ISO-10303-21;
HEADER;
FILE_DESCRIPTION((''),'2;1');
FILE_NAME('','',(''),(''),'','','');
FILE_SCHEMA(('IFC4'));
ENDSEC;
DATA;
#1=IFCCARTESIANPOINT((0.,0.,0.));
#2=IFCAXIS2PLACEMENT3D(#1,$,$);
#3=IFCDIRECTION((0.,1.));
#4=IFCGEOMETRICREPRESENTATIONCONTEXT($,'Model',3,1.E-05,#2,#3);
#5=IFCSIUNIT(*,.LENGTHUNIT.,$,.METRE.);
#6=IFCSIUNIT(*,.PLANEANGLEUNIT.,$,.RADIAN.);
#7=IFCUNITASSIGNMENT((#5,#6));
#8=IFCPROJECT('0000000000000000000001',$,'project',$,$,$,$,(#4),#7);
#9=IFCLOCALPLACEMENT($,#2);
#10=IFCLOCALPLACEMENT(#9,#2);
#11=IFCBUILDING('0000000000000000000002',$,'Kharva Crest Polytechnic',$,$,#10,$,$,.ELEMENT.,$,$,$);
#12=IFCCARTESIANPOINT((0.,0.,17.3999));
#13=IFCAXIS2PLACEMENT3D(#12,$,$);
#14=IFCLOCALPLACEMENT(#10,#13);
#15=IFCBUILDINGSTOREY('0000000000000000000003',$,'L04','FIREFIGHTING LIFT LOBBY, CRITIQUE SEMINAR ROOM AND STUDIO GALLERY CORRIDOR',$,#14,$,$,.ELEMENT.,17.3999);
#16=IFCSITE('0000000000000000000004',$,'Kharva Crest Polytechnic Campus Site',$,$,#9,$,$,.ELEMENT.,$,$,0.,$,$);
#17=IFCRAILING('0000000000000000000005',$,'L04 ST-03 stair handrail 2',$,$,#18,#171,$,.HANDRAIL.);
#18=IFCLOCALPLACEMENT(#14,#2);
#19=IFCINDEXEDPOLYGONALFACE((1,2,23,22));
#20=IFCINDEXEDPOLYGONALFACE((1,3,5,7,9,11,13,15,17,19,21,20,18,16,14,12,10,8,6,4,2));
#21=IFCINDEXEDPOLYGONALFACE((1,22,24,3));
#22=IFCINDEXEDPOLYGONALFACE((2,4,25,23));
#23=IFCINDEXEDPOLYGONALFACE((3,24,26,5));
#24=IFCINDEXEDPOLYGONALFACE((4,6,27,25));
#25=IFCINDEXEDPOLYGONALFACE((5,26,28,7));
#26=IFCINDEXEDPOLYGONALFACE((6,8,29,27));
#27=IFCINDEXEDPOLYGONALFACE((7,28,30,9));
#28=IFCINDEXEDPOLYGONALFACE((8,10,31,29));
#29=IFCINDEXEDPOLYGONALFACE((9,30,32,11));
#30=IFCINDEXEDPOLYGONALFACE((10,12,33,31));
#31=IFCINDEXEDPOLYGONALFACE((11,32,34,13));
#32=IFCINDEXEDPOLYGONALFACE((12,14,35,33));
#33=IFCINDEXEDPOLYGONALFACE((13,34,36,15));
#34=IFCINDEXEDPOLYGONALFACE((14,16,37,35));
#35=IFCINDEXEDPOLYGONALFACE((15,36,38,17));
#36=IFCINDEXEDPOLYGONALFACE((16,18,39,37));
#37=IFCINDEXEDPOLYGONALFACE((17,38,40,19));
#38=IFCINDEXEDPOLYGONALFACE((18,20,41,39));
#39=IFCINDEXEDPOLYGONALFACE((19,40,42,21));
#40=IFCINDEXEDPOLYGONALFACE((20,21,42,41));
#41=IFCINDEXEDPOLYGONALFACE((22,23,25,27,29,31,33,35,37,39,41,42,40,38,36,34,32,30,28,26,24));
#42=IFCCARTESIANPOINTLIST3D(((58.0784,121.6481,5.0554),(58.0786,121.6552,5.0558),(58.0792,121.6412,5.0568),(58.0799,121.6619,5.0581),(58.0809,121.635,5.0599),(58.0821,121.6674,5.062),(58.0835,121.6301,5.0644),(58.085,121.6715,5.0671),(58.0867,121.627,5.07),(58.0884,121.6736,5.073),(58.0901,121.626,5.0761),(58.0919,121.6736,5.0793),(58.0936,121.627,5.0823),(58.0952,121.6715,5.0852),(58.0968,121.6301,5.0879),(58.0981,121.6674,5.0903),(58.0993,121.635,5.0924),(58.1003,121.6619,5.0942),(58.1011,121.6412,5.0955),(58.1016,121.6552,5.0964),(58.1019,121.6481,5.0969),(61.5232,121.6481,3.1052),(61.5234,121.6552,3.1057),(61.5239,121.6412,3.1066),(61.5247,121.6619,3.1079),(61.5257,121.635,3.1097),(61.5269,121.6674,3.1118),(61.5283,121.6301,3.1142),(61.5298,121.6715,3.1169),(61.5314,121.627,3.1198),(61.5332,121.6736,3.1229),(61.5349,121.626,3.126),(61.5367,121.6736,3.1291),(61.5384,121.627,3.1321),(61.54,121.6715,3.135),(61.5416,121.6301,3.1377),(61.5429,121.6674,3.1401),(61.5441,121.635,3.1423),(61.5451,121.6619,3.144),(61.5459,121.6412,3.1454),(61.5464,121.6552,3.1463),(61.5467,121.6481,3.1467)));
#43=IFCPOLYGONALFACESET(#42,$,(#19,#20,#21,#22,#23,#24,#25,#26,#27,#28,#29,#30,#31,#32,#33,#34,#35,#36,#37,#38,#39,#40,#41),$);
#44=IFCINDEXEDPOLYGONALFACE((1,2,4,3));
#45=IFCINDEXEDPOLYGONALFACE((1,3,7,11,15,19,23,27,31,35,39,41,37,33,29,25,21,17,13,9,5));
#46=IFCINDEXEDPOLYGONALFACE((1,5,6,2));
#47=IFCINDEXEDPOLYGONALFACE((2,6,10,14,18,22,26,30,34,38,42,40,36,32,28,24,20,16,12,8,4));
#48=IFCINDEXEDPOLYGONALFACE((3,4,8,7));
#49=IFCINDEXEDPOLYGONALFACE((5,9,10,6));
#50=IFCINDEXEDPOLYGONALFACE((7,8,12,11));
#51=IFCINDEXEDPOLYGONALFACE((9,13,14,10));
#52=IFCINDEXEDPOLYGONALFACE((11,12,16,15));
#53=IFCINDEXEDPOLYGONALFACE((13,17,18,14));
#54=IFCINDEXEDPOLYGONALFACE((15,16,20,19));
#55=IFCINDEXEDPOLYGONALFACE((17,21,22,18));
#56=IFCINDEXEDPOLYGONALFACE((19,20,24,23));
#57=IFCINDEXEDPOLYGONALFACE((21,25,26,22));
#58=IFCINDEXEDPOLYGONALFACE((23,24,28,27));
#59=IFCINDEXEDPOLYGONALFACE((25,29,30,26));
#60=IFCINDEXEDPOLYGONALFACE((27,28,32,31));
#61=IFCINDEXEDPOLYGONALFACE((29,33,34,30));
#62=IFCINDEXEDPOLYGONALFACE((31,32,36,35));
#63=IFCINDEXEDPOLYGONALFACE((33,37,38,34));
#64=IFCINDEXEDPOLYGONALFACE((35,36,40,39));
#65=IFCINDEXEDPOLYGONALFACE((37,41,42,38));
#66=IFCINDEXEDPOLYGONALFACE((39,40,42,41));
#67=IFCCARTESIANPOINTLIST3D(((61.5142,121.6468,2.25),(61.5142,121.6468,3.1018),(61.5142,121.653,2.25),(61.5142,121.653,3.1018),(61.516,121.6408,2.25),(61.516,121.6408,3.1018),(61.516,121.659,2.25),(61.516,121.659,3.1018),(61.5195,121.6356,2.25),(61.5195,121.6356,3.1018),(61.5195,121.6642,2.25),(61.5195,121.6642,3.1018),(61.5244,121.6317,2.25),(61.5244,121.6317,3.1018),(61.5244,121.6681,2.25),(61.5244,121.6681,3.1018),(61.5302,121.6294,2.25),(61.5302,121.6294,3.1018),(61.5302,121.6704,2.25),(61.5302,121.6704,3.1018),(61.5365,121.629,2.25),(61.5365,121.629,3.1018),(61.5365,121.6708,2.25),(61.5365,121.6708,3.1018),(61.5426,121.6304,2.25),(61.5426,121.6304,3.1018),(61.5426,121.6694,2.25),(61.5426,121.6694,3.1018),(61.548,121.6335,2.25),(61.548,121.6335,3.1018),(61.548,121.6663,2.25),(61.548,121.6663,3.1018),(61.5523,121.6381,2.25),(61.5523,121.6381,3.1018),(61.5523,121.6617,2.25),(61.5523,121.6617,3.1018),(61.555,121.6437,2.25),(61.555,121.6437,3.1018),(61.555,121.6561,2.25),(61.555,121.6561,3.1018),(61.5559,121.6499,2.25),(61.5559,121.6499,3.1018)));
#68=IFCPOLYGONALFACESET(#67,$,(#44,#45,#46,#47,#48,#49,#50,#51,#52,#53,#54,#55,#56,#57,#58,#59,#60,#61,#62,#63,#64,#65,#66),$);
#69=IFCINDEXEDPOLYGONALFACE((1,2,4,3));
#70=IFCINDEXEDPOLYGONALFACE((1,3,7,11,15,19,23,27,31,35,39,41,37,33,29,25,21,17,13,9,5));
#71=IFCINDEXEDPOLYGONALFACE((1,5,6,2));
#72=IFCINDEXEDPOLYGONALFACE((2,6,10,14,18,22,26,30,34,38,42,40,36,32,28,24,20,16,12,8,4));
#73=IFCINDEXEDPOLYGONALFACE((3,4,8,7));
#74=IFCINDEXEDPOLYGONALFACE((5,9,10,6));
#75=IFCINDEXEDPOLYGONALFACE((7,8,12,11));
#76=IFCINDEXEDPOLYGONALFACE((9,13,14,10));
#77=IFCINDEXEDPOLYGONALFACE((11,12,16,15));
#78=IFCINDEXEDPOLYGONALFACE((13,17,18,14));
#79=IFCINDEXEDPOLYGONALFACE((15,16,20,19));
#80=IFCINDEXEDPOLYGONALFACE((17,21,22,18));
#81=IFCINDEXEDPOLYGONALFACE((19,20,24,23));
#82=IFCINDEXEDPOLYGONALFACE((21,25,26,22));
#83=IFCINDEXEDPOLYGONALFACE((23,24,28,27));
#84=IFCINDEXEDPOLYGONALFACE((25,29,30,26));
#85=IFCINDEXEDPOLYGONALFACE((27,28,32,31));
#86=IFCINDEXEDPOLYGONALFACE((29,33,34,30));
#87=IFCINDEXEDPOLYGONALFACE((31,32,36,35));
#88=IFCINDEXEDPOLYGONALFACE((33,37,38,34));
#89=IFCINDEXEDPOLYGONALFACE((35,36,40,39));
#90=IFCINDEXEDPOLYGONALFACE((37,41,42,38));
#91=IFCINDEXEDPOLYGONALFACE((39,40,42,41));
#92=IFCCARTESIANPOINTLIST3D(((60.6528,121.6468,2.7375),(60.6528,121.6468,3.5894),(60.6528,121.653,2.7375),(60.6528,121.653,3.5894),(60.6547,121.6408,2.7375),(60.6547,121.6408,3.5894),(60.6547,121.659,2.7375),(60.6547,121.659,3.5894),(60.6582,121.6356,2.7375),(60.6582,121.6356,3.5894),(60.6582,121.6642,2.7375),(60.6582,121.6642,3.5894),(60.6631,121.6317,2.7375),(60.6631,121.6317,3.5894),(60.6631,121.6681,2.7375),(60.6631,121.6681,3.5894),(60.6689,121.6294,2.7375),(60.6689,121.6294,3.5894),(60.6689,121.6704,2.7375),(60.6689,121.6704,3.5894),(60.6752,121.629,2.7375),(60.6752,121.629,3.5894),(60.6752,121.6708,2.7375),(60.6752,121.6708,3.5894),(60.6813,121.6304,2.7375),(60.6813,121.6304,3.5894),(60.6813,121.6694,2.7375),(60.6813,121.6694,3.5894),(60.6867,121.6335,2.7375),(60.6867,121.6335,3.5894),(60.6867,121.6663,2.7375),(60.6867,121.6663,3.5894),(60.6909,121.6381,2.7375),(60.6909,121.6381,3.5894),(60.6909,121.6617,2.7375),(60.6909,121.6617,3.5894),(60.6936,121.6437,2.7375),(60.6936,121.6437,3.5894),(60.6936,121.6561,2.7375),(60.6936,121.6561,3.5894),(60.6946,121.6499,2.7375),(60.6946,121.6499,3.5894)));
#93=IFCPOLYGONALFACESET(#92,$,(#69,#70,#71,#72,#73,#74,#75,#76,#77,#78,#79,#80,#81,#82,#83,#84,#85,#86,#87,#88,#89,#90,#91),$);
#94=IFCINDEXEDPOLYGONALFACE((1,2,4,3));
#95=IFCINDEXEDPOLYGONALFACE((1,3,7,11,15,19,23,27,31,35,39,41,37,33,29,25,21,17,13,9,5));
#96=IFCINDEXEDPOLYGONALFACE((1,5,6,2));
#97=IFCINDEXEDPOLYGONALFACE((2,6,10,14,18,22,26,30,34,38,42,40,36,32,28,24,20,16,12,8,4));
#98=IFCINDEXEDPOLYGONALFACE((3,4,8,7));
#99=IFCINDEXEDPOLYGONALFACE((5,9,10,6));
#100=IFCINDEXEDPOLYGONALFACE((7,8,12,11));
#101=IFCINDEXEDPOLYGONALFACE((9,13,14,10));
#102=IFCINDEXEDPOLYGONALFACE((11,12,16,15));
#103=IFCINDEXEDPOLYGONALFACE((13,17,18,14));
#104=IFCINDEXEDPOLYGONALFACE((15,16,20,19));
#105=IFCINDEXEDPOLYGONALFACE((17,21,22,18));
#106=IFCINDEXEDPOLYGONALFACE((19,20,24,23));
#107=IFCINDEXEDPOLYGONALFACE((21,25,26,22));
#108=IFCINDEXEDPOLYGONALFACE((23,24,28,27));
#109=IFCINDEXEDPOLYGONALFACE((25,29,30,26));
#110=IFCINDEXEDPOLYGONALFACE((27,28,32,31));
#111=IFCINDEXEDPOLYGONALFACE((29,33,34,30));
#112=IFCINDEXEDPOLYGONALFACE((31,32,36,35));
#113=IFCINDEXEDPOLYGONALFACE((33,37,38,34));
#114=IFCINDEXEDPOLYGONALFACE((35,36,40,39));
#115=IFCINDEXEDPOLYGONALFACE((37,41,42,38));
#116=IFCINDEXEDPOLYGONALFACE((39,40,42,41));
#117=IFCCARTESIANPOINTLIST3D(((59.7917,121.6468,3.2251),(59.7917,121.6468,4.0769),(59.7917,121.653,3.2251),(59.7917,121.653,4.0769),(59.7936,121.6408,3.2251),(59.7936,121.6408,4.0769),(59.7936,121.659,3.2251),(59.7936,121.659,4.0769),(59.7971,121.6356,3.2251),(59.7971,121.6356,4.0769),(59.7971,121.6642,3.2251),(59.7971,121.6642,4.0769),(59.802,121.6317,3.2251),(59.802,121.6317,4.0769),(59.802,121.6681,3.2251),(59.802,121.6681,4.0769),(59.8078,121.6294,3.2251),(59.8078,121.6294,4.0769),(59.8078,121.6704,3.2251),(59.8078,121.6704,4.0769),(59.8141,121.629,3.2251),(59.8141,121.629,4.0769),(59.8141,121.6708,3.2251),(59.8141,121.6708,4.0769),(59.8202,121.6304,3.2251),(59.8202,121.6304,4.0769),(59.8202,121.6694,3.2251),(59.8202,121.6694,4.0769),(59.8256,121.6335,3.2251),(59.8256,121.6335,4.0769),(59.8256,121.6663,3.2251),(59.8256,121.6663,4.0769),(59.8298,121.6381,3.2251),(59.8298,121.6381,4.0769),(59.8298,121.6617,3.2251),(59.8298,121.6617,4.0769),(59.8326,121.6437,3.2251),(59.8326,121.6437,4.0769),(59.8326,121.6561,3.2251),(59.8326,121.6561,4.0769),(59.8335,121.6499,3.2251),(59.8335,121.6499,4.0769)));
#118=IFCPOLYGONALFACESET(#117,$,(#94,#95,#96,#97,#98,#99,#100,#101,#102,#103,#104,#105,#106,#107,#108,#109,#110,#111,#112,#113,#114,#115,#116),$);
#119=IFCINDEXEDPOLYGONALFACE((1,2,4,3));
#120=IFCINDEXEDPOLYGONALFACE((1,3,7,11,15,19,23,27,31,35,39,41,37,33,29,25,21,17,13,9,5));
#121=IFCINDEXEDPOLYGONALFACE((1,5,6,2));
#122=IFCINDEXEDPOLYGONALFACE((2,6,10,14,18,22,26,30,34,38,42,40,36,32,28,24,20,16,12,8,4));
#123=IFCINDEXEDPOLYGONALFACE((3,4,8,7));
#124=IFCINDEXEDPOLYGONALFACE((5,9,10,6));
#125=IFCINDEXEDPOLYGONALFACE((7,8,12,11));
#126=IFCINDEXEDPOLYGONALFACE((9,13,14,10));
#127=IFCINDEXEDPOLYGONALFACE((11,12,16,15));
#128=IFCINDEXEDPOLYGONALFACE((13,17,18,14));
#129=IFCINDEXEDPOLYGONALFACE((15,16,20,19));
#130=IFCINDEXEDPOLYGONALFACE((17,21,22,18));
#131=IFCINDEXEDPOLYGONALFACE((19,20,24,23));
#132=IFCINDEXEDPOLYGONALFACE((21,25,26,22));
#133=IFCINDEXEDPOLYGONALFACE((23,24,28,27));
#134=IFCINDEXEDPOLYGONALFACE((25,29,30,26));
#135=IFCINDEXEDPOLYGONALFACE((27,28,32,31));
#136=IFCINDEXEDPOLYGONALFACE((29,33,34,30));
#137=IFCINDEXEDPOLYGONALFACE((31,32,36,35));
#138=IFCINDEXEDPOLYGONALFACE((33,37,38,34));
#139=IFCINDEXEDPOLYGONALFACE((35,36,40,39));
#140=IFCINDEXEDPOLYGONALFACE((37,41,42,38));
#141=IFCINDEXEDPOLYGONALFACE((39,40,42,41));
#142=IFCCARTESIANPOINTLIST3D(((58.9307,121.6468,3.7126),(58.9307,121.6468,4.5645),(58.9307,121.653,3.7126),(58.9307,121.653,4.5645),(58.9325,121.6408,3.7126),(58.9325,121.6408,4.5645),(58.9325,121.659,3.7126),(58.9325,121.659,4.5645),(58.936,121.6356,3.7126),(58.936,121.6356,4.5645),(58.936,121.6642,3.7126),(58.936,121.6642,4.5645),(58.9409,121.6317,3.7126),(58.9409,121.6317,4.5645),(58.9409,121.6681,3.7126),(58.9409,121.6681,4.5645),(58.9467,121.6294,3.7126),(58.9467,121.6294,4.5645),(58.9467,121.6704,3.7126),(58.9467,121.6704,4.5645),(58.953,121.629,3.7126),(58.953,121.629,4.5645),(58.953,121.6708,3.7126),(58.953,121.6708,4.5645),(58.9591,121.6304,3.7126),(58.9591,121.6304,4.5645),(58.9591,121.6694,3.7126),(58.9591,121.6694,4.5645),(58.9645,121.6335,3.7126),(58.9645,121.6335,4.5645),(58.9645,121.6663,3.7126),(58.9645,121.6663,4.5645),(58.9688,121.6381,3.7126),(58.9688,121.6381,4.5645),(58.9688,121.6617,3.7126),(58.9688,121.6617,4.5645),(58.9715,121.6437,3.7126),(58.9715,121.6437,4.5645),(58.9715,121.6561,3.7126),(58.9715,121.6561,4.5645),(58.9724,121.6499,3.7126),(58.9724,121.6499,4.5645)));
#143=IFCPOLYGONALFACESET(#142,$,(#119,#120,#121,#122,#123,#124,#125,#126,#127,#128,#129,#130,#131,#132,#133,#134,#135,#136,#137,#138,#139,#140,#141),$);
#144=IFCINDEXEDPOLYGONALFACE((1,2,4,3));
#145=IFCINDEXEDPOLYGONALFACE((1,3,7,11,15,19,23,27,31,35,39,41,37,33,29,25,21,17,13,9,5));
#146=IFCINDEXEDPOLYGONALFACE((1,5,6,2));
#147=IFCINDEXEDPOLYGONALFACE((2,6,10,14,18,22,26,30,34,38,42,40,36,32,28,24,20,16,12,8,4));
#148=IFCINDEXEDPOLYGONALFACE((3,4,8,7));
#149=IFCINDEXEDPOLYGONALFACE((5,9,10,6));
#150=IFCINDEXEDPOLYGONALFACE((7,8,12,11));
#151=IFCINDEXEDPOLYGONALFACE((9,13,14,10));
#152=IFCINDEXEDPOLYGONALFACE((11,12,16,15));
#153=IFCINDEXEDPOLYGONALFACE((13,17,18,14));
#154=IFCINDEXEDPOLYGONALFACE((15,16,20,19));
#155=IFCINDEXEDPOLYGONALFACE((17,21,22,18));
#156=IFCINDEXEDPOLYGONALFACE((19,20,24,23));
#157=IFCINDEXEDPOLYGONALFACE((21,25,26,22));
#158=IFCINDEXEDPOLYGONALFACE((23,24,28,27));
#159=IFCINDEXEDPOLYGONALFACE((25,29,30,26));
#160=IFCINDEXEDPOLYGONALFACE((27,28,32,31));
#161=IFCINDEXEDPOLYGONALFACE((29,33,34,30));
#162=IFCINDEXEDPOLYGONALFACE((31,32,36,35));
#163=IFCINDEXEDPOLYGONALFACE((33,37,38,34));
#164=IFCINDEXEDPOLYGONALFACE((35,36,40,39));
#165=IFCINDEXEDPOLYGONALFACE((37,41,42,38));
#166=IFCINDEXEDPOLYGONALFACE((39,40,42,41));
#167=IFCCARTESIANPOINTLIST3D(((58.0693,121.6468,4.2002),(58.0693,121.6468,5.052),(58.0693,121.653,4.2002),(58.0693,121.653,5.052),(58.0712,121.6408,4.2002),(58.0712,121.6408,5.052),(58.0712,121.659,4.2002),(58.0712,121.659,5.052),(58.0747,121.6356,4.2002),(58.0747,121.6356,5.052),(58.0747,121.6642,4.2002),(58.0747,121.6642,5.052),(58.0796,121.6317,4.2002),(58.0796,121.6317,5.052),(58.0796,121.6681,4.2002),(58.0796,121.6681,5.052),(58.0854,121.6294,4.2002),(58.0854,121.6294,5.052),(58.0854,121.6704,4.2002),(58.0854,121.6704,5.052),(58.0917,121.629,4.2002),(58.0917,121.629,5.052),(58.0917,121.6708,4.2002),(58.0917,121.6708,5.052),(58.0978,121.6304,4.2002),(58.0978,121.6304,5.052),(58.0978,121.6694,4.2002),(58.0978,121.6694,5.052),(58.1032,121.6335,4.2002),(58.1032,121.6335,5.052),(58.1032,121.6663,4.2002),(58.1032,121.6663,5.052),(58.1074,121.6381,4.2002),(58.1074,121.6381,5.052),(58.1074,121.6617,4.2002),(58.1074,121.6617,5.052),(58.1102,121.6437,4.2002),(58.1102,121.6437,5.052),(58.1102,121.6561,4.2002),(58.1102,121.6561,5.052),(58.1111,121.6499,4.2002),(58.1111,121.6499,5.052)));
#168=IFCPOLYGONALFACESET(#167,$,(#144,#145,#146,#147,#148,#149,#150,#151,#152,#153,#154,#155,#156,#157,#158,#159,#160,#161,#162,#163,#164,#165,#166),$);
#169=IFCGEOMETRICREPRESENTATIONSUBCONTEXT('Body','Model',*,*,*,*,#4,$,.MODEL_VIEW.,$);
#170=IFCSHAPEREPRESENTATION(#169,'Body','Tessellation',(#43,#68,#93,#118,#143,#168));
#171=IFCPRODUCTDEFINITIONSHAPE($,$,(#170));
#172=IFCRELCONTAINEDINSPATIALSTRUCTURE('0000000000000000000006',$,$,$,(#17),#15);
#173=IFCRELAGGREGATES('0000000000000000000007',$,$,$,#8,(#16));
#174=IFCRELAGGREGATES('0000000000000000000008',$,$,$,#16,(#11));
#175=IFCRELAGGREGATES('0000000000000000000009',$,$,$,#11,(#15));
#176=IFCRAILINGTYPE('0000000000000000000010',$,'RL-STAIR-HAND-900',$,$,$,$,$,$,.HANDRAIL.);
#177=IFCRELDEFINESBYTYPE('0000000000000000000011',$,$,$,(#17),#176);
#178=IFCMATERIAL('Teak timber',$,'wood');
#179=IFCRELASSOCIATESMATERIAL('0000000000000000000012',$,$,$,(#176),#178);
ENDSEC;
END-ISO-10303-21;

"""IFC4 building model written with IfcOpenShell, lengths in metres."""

from ifc_helpers import new_model, si_unit, direction, frame, origin, origin_2d, place, context, subcontext, project, spatial, circle, extrude, material, type_object, element, save


model = new_model("IFC4")

# Units and contexts
model_context = context("Model", 3, precision=1e-05, world=origin(), true_north=direction((0.0, 1.0)))
body_context = subcontext(model_context, "Body", "Model", "MODEL_VIEW")
ifc_project = project(units=[si_unit("LENGTHUNIT", "METRE"), si_unit("PLANEANGLEUNIT", "RADIAN")], contexts=[model_context])

# Site, building, storey
site_placement = place(None, origin())
site = spatial("IfcSite", under=ifc_project, at=site_placement, Name="Kharva Crest Polytechnic Campus Site", CompositionType="ELEMENT", RefElevation=0.0)
building_placement = place(site_placement, origin())
building = spatial("IfcBuilding", under=site, at=building_placement, Name="Kharva Crest Polytechnic", CompositionType="ELEMENT")
storey_placement = place(building_placement, frame((0.0, 0.0, 17.3999)))
storey = spatial("IfcBuildingStorey", under=building, at=storey_placement, Name="L04", Description="FIREFIGHTING LIFT LOBBY, CRITIQUE SEMINAR ROOM AND STUDIO GALLERY CORRIDOR", CompositionType="ELEMENT", Elevation=17.3999)

# Shared definitions
ifc_material_1 = material(Name="Teak timber", Category="wood")

# Railing
railing_type_1 = type_object("IfcRailingType", Name="RL-STAIR-HAND-900", PredefinedType="HANDRAIL", material=ifc_material_1)
railing_1_placement = place(storey_placement, frame((61.5349, 121.6499, 2.25)))
element("IfcRailing", 1, at=railing_1_placement, inside=storey, type_object=railing_type_1, Name="L04 ST-03 stair handrail 2", PredefinedType="HANDRAIL", context=body_context, shape_type="SweptSolid", body=[
    extrude(circle(Radius=0.0239, at=origin_2d()), frame((0.0, 0.0, 0.876), z_axis=(-0.870225, 0.0, 0.492655), x_axis=(0.0, -1.0, 0.0)), (0.0, 0.0, 1.0), 3.9585),
    extrude(circle(Radius=0.021, at=origin_2d()), origin(), (0.0, 0.0, 1.0), 0.8518),
    extrude(circle(Radius=0.021, at=origin_2d()), frame((-0.8613, 0.0, 0.4875)), (0.0, 0.0, 1.0), 0.8518),
    extrude(circle(Radius=0.021, at=origin_2d()), frame((-1.7224, 0.0, 0.9751)), (0.0, 0.0, 1.0), 0.8518),
    extrude(circle(Radius=0.021, at=origin_2d()), frame((-2.5835, 0.0, 1.4626)), (0.0, 0.0, 1.0), 0.8518),
    extrude(circle(Radius=0.021, at=origin_2d()), frame((-3.4448, 0.0, 1.9502)), (0.0, 0.0, 1.0), 0.8518),
])

save(model, "model.ifc")
